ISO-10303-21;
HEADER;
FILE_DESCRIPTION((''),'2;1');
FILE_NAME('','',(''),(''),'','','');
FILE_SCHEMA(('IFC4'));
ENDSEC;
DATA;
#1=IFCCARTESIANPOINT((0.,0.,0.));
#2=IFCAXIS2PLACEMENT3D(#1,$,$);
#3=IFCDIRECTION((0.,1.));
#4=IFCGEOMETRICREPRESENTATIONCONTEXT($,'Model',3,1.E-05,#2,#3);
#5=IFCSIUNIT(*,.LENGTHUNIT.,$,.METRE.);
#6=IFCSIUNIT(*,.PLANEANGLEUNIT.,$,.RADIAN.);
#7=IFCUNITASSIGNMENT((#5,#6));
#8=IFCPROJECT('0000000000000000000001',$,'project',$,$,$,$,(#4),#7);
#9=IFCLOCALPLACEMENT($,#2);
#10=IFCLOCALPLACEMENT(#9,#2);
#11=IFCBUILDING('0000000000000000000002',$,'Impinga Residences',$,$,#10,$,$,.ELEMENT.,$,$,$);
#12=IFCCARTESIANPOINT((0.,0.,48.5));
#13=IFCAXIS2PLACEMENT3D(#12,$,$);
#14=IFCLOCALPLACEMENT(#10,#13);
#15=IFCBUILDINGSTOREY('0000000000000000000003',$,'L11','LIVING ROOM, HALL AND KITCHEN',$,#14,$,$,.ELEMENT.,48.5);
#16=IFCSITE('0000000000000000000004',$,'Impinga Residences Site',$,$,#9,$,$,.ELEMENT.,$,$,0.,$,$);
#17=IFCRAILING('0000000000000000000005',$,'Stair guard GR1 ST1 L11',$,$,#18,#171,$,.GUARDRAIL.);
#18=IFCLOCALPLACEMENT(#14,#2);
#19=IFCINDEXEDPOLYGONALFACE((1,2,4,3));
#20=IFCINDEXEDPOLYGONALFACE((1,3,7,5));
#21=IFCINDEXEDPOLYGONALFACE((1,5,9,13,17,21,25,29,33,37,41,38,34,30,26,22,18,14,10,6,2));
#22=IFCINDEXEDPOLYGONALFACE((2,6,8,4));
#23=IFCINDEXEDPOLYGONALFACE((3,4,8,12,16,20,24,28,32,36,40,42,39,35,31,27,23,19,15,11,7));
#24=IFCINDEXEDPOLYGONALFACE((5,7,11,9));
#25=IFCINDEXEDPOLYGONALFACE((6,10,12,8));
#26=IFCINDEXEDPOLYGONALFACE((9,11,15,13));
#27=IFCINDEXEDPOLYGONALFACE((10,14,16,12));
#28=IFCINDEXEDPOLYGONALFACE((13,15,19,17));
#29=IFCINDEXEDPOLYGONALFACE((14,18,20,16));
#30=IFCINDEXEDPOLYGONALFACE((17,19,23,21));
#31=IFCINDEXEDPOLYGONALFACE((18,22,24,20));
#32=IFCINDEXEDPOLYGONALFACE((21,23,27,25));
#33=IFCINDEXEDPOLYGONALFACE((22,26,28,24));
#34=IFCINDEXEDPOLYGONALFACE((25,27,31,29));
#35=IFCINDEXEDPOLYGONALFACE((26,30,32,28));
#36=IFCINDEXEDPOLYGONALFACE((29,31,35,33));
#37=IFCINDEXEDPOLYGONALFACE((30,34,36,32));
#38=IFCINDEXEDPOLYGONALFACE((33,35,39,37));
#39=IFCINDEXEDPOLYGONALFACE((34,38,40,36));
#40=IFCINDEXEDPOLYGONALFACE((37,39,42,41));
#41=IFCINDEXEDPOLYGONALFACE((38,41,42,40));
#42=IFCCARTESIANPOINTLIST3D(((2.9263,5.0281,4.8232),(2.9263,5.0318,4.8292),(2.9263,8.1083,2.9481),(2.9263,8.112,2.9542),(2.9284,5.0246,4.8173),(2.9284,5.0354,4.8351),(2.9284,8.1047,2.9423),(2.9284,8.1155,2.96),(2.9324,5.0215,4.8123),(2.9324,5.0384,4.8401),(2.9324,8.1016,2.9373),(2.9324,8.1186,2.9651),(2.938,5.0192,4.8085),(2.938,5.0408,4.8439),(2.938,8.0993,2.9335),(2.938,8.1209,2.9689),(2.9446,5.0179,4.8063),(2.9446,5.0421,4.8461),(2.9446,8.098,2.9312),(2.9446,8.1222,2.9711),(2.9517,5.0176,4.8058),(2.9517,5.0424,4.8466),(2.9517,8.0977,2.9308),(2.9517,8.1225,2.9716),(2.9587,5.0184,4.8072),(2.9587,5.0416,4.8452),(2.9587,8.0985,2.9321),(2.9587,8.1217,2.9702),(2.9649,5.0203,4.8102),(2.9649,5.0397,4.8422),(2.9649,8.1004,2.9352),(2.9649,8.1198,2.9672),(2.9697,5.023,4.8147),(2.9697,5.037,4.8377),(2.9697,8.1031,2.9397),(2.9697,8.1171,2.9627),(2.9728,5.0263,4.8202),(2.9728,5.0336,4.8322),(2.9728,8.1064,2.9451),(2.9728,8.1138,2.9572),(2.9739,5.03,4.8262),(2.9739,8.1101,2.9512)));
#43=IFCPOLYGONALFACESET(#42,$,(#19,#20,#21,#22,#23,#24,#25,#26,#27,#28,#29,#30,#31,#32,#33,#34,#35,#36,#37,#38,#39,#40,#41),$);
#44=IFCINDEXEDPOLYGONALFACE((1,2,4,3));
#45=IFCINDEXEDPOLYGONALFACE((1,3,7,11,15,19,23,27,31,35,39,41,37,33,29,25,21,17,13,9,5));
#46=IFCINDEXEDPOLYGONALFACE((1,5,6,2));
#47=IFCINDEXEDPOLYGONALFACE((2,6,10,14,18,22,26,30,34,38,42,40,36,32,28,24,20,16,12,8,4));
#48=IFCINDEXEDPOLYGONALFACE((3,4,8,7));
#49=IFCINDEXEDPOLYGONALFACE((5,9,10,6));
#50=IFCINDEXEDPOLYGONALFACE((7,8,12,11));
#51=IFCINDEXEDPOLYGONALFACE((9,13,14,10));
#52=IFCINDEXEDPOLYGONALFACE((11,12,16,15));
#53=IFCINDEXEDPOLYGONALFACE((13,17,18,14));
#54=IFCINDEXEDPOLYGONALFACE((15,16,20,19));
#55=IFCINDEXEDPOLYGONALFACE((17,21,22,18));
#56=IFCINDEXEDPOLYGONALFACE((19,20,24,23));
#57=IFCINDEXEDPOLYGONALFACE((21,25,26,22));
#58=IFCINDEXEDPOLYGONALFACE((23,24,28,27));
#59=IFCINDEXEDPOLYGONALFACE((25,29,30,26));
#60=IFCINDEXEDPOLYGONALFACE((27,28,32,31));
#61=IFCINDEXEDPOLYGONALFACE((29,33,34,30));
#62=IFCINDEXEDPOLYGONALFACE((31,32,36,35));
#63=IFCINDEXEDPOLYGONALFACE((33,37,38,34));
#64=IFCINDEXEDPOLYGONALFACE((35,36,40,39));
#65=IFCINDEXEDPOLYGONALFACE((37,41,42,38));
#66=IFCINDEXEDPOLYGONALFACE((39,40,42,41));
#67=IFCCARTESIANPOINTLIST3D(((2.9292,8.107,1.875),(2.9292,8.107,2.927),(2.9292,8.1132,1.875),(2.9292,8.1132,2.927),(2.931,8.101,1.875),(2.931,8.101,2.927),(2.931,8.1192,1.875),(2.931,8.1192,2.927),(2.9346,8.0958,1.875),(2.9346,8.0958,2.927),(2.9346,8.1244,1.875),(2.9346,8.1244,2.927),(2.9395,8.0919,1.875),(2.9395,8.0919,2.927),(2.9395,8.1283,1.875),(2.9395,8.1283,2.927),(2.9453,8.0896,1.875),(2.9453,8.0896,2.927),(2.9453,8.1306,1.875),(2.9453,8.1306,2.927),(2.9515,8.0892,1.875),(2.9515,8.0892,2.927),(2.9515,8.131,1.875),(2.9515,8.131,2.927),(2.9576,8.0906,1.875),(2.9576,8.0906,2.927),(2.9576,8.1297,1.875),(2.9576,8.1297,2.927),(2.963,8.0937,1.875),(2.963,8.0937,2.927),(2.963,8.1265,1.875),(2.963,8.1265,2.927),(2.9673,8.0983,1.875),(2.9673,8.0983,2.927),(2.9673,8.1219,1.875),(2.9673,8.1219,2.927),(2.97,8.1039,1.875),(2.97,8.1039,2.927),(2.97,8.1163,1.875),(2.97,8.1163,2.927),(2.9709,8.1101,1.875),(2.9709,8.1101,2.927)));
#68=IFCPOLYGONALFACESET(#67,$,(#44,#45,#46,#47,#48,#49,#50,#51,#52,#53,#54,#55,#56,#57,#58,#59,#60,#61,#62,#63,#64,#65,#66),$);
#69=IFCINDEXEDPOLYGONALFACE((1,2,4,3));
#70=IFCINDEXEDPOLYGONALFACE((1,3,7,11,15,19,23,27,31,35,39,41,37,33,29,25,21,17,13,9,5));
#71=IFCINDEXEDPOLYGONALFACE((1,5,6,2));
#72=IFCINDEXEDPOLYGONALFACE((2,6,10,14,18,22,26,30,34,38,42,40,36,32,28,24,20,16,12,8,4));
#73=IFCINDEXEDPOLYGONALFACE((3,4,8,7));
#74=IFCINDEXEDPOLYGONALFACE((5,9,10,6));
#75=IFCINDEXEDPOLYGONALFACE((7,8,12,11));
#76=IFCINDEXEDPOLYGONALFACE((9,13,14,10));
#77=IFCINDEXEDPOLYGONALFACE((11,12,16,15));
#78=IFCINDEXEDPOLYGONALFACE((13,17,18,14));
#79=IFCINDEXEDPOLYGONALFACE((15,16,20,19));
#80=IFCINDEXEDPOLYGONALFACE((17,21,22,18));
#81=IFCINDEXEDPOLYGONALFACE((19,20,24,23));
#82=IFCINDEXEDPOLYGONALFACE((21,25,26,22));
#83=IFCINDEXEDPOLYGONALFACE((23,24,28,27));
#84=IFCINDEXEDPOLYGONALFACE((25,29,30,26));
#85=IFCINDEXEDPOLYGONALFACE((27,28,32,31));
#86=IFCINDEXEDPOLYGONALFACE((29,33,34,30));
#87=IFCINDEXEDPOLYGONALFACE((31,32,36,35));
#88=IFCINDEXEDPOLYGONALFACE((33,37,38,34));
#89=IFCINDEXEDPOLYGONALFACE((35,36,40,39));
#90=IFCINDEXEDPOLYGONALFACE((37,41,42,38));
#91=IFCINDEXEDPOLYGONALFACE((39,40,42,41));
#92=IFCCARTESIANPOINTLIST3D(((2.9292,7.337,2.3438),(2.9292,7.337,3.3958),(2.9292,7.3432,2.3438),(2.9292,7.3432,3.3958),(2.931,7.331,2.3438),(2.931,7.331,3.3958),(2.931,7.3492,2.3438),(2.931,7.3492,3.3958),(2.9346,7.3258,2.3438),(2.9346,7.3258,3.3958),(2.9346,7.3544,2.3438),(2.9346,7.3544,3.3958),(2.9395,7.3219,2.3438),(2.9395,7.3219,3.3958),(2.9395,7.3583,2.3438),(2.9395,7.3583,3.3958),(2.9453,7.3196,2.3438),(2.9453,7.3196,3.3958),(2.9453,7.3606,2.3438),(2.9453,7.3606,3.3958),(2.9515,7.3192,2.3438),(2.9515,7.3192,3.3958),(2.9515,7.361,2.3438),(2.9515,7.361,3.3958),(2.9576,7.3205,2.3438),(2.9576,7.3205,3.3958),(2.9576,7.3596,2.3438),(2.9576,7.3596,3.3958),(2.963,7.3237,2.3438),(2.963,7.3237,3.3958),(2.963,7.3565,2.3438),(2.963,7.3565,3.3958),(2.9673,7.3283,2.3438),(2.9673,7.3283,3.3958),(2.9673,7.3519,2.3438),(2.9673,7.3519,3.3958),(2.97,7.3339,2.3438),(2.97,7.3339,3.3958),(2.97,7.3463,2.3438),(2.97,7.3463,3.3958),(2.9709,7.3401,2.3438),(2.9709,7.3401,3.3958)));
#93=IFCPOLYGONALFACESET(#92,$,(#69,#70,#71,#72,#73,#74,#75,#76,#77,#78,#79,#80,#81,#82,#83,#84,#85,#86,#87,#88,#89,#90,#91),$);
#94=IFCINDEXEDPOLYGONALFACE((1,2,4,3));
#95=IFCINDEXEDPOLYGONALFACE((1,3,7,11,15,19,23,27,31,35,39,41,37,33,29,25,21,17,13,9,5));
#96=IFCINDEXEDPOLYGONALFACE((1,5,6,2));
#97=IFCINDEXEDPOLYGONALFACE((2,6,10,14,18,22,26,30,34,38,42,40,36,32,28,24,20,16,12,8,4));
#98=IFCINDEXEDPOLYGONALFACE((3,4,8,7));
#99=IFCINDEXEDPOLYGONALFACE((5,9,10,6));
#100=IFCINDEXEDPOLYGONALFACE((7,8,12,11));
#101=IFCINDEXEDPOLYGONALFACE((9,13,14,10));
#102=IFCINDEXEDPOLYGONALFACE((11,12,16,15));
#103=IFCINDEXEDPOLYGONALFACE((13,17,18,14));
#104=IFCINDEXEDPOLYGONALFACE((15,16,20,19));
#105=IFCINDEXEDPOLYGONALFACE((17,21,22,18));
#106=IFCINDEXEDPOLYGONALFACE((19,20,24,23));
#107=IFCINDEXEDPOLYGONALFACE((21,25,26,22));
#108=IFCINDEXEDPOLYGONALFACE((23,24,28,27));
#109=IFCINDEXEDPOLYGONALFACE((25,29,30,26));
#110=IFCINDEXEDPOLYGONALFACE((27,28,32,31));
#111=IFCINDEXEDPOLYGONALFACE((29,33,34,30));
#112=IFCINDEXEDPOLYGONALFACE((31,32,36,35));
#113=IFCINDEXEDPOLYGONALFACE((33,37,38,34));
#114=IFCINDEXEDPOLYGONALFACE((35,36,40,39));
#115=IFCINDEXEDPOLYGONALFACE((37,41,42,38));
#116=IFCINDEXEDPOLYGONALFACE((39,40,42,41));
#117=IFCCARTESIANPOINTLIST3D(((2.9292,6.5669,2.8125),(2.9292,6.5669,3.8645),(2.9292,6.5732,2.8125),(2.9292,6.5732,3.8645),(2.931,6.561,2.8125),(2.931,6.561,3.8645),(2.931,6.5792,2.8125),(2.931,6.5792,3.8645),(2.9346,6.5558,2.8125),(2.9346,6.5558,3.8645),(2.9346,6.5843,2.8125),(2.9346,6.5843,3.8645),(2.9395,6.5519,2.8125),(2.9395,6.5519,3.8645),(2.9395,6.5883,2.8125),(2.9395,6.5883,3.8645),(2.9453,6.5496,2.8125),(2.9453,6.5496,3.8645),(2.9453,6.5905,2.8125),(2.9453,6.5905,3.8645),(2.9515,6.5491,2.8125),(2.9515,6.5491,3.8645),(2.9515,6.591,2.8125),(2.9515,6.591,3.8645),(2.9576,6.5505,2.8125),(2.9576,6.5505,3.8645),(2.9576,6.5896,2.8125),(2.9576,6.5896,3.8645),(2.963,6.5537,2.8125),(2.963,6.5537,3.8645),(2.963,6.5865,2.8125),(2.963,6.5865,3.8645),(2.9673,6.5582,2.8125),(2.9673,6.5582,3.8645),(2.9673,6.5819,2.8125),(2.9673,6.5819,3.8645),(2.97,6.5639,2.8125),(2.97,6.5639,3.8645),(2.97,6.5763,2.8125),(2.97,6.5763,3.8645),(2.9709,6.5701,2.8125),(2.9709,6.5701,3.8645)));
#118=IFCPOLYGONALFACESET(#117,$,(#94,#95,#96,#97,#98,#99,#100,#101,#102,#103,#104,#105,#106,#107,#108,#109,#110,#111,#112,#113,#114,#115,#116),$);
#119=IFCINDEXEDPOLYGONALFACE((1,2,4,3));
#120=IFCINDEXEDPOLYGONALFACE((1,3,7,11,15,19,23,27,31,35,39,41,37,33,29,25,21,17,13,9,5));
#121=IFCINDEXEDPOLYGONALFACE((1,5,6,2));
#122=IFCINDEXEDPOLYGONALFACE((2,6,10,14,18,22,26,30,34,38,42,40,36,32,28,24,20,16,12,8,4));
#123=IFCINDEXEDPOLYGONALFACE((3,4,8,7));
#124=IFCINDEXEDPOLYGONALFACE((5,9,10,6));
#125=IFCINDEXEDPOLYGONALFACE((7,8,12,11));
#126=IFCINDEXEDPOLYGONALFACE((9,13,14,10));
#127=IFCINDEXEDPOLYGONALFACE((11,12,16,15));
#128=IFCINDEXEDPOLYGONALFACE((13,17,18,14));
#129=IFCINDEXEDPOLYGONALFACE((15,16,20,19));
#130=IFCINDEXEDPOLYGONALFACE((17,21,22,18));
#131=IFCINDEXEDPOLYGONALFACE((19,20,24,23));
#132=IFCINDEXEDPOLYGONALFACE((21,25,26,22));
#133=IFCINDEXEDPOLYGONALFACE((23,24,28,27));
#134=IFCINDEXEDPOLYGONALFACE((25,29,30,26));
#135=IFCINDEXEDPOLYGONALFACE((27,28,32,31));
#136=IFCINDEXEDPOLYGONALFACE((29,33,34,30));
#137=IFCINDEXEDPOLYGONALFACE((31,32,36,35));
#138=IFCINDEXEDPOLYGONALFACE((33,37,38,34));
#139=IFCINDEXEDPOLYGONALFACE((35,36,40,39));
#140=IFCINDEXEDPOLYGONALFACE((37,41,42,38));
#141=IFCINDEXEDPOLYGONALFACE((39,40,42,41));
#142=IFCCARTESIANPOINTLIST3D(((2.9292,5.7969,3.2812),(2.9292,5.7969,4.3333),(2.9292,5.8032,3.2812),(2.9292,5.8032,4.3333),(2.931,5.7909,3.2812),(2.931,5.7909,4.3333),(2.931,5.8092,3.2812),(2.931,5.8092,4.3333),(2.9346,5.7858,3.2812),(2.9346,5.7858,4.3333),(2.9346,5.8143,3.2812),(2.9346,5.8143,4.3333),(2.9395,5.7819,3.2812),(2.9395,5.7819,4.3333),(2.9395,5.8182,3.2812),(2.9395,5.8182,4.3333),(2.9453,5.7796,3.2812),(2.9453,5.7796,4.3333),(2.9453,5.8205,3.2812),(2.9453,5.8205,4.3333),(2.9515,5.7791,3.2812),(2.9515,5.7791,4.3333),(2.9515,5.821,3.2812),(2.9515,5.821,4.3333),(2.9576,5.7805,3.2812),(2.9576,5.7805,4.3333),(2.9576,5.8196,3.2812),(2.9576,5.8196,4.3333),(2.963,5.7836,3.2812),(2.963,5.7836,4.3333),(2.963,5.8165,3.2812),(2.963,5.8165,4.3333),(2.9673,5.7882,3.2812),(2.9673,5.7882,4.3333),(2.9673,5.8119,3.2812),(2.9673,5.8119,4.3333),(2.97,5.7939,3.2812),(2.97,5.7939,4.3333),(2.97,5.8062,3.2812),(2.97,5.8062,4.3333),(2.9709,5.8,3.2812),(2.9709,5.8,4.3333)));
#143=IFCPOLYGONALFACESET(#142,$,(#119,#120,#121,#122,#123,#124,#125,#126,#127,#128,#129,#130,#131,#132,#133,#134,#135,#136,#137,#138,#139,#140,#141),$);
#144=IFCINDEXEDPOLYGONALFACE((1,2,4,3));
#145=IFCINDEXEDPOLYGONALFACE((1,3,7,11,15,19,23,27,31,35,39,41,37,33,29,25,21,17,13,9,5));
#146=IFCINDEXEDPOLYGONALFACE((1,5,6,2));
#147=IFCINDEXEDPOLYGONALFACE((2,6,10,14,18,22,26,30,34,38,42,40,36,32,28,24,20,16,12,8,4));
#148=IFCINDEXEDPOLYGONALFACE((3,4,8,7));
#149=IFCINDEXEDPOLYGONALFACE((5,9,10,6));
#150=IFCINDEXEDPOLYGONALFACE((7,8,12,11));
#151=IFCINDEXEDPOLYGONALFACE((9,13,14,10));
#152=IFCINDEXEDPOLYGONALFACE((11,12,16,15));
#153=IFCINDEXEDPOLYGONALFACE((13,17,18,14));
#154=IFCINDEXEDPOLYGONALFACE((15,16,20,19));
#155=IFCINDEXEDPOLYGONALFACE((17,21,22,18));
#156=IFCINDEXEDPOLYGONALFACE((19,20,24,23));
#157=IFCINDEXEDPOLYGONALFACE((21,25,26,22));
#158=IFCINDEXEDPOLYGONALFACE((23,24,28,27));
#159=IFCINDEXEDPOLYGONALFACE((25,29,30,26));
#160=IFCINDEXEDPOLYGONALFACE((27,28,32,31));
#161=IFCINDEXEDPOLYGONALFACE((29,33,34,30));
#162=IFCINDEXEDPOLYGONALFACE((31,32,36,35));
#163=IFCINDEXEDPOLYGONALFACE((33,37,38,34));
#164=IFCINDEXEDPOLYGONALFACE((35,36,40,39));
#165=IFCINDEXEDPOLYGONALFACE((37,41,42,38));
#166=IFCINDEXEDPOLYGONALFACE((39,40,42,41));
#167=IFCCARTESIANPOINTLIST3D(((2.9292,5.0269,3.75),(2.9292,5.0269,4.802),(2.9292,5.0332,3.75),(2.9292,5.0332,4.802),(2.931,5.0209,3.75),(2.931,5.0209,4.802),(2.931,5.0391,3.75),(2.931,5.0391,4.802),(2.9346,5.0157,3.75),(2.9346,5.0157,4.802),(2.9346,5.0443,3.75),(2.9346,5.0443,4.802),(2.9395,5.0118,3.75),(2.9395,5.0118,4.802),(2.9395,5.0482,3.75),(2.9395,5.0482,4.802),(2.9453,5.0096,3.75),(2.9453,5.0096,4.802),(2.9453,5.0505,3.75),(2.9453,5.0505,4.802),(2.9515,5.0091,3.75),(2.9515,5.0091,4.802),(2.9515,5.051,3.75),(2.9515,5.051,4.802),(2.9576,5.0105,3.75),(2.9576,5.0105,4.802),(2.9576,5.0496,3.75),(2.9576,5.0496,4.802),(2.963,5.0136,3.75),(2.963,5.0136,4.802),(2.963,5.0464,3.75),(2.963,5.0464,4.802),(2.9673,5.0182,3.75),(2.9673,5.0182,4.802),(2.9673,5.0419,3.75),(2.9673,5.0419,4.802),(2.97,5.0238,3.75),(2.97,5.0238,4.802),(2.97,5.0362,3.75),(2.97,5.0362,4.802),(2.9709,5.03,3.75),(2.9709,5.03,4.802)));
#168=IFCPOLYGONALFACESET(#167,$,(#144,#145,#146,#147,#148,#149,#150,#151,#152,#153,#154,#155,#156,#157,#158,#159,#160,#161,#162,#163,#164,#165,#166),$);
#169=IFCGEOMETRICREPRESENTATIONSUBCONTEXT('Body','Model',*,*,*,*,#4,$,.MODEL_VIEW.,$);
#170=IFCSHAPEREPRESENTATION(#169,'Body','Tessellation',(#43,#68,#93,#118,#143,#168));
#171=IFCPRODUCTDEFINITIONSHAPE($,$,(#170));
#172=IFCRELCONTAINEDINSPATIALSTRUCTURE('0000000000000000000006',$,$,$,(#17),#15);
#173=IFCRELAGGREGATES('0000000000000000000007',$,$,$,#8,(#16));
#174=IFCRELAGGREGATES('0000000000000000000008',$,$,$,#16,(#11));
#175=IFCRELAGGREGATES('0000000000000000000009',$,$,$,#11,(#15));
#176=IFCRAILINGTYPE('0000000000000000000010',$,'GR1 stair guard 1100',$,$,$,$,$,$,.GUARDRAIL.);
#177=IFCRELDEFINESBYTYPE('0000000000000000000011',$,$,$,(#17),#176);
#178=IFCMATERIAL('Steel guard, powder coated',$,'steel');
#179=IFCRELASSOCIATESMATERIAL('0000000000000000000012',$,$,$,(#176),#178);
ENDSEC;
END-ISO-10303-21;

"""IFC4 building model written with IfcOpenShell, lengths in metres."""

from ifc_helpers import new_model, si_unit, direction, frame, origin, origin_2d, place, context, subcontext, project, spatial, circle, extrude, material, type_object, element, save


model = new_model("IFC4")

# Units and contexts
model_context = context("Model", 3, precision=1e-05, world=origin(), true_north=direction((0.0, 1.0)))
body_context = subcontext(model_context, "Body", "Model", "MODEL_VIEW")
ifc_project = project(units=[si_unit("LENGTHUNIT", "METRE"), si_unit("PLANEANGLEUNIT", "RADIAN")], contexts=[model_context])

# Site, building, storey
site_placement = place(None, origin())
site = spatial("IfcSite", under=ifc_project, at=site_placement, Name="Impinga Residences Site", CompositionType="ELEMENT", RefElevation=0.0)
building_placement = place(site_placement, origin())
building = spatial("IfcBuilding", under=site, at=building_placement, Name="Impinga Residences", CompositionType="ELEMENT")
storey_placement = place(building_placement, frame((0.0, 0.0, 48.5)))
storey = spatial("IfcBuildingStorey", under=building, at=storey_placement, Name="L11", Description="LIVING ROOM, HALL AND KITCHEN", CompositionType="ELEMENT", Elevation=48.5)

# Railing
ifc_material_1 = material(Name="Steel guard, powder coated", Category="steel")
railing_type_1 = type_object("IfcRailingType", Name="GR1 stair guard 1100", PredefinedType="GUARDRAIL", material=ifc_material_1)
railing_1_placement = place(storey_placement, frame((2.95, 8.1101, 1.875)))
element("IfcRailing", 1, at=railing_1_placement, inside=storey, type_object=railing_type_1, Name="Stair guard GR1 ST1 L11", PredefinedType="GUARDRAIL", context=body_context, shape_type="SweptSolid", body=[
    extrude(circle(Radius=0.0239, at=origin_2d()), frame((0.0, 0.0, 1.0762), z_axis=(0.0, -0.854178, 0.519981), x_axis=(1.0, 0.0, 0.0)), (0.0, 0.0, 1.0), 3.606),
    extrude(circle(Radius=0.021, at=origin_2d()), origin(), (0.0, 0.0, 1.0), 1.052),
    extrude(circle(Radius=0.021, at=origin_2d()), frame((0.0, -0.77, 0.4688)), (0.0, 0.0, 1.0), 1.052),
    extrude(circle(Radius=0.021, at=origin_2d()), frame((0.0, -1.54, 0.9375)), (0.0, 0.0, 1.0), 1.052),
    extrude(circle(Radius=0.021, at=origin_2d()), frame((0.0, -2.3101, 1.4062)), (0.0, 0.0, 1.0), 1.052),
    extrude(circle(Radius=0.021, at=origin_2d()), frame((0.0, -3.0801, 1.875)), (0.0, 0.0, 1.0), 1.052),
])

save(model, "model.ifc")
